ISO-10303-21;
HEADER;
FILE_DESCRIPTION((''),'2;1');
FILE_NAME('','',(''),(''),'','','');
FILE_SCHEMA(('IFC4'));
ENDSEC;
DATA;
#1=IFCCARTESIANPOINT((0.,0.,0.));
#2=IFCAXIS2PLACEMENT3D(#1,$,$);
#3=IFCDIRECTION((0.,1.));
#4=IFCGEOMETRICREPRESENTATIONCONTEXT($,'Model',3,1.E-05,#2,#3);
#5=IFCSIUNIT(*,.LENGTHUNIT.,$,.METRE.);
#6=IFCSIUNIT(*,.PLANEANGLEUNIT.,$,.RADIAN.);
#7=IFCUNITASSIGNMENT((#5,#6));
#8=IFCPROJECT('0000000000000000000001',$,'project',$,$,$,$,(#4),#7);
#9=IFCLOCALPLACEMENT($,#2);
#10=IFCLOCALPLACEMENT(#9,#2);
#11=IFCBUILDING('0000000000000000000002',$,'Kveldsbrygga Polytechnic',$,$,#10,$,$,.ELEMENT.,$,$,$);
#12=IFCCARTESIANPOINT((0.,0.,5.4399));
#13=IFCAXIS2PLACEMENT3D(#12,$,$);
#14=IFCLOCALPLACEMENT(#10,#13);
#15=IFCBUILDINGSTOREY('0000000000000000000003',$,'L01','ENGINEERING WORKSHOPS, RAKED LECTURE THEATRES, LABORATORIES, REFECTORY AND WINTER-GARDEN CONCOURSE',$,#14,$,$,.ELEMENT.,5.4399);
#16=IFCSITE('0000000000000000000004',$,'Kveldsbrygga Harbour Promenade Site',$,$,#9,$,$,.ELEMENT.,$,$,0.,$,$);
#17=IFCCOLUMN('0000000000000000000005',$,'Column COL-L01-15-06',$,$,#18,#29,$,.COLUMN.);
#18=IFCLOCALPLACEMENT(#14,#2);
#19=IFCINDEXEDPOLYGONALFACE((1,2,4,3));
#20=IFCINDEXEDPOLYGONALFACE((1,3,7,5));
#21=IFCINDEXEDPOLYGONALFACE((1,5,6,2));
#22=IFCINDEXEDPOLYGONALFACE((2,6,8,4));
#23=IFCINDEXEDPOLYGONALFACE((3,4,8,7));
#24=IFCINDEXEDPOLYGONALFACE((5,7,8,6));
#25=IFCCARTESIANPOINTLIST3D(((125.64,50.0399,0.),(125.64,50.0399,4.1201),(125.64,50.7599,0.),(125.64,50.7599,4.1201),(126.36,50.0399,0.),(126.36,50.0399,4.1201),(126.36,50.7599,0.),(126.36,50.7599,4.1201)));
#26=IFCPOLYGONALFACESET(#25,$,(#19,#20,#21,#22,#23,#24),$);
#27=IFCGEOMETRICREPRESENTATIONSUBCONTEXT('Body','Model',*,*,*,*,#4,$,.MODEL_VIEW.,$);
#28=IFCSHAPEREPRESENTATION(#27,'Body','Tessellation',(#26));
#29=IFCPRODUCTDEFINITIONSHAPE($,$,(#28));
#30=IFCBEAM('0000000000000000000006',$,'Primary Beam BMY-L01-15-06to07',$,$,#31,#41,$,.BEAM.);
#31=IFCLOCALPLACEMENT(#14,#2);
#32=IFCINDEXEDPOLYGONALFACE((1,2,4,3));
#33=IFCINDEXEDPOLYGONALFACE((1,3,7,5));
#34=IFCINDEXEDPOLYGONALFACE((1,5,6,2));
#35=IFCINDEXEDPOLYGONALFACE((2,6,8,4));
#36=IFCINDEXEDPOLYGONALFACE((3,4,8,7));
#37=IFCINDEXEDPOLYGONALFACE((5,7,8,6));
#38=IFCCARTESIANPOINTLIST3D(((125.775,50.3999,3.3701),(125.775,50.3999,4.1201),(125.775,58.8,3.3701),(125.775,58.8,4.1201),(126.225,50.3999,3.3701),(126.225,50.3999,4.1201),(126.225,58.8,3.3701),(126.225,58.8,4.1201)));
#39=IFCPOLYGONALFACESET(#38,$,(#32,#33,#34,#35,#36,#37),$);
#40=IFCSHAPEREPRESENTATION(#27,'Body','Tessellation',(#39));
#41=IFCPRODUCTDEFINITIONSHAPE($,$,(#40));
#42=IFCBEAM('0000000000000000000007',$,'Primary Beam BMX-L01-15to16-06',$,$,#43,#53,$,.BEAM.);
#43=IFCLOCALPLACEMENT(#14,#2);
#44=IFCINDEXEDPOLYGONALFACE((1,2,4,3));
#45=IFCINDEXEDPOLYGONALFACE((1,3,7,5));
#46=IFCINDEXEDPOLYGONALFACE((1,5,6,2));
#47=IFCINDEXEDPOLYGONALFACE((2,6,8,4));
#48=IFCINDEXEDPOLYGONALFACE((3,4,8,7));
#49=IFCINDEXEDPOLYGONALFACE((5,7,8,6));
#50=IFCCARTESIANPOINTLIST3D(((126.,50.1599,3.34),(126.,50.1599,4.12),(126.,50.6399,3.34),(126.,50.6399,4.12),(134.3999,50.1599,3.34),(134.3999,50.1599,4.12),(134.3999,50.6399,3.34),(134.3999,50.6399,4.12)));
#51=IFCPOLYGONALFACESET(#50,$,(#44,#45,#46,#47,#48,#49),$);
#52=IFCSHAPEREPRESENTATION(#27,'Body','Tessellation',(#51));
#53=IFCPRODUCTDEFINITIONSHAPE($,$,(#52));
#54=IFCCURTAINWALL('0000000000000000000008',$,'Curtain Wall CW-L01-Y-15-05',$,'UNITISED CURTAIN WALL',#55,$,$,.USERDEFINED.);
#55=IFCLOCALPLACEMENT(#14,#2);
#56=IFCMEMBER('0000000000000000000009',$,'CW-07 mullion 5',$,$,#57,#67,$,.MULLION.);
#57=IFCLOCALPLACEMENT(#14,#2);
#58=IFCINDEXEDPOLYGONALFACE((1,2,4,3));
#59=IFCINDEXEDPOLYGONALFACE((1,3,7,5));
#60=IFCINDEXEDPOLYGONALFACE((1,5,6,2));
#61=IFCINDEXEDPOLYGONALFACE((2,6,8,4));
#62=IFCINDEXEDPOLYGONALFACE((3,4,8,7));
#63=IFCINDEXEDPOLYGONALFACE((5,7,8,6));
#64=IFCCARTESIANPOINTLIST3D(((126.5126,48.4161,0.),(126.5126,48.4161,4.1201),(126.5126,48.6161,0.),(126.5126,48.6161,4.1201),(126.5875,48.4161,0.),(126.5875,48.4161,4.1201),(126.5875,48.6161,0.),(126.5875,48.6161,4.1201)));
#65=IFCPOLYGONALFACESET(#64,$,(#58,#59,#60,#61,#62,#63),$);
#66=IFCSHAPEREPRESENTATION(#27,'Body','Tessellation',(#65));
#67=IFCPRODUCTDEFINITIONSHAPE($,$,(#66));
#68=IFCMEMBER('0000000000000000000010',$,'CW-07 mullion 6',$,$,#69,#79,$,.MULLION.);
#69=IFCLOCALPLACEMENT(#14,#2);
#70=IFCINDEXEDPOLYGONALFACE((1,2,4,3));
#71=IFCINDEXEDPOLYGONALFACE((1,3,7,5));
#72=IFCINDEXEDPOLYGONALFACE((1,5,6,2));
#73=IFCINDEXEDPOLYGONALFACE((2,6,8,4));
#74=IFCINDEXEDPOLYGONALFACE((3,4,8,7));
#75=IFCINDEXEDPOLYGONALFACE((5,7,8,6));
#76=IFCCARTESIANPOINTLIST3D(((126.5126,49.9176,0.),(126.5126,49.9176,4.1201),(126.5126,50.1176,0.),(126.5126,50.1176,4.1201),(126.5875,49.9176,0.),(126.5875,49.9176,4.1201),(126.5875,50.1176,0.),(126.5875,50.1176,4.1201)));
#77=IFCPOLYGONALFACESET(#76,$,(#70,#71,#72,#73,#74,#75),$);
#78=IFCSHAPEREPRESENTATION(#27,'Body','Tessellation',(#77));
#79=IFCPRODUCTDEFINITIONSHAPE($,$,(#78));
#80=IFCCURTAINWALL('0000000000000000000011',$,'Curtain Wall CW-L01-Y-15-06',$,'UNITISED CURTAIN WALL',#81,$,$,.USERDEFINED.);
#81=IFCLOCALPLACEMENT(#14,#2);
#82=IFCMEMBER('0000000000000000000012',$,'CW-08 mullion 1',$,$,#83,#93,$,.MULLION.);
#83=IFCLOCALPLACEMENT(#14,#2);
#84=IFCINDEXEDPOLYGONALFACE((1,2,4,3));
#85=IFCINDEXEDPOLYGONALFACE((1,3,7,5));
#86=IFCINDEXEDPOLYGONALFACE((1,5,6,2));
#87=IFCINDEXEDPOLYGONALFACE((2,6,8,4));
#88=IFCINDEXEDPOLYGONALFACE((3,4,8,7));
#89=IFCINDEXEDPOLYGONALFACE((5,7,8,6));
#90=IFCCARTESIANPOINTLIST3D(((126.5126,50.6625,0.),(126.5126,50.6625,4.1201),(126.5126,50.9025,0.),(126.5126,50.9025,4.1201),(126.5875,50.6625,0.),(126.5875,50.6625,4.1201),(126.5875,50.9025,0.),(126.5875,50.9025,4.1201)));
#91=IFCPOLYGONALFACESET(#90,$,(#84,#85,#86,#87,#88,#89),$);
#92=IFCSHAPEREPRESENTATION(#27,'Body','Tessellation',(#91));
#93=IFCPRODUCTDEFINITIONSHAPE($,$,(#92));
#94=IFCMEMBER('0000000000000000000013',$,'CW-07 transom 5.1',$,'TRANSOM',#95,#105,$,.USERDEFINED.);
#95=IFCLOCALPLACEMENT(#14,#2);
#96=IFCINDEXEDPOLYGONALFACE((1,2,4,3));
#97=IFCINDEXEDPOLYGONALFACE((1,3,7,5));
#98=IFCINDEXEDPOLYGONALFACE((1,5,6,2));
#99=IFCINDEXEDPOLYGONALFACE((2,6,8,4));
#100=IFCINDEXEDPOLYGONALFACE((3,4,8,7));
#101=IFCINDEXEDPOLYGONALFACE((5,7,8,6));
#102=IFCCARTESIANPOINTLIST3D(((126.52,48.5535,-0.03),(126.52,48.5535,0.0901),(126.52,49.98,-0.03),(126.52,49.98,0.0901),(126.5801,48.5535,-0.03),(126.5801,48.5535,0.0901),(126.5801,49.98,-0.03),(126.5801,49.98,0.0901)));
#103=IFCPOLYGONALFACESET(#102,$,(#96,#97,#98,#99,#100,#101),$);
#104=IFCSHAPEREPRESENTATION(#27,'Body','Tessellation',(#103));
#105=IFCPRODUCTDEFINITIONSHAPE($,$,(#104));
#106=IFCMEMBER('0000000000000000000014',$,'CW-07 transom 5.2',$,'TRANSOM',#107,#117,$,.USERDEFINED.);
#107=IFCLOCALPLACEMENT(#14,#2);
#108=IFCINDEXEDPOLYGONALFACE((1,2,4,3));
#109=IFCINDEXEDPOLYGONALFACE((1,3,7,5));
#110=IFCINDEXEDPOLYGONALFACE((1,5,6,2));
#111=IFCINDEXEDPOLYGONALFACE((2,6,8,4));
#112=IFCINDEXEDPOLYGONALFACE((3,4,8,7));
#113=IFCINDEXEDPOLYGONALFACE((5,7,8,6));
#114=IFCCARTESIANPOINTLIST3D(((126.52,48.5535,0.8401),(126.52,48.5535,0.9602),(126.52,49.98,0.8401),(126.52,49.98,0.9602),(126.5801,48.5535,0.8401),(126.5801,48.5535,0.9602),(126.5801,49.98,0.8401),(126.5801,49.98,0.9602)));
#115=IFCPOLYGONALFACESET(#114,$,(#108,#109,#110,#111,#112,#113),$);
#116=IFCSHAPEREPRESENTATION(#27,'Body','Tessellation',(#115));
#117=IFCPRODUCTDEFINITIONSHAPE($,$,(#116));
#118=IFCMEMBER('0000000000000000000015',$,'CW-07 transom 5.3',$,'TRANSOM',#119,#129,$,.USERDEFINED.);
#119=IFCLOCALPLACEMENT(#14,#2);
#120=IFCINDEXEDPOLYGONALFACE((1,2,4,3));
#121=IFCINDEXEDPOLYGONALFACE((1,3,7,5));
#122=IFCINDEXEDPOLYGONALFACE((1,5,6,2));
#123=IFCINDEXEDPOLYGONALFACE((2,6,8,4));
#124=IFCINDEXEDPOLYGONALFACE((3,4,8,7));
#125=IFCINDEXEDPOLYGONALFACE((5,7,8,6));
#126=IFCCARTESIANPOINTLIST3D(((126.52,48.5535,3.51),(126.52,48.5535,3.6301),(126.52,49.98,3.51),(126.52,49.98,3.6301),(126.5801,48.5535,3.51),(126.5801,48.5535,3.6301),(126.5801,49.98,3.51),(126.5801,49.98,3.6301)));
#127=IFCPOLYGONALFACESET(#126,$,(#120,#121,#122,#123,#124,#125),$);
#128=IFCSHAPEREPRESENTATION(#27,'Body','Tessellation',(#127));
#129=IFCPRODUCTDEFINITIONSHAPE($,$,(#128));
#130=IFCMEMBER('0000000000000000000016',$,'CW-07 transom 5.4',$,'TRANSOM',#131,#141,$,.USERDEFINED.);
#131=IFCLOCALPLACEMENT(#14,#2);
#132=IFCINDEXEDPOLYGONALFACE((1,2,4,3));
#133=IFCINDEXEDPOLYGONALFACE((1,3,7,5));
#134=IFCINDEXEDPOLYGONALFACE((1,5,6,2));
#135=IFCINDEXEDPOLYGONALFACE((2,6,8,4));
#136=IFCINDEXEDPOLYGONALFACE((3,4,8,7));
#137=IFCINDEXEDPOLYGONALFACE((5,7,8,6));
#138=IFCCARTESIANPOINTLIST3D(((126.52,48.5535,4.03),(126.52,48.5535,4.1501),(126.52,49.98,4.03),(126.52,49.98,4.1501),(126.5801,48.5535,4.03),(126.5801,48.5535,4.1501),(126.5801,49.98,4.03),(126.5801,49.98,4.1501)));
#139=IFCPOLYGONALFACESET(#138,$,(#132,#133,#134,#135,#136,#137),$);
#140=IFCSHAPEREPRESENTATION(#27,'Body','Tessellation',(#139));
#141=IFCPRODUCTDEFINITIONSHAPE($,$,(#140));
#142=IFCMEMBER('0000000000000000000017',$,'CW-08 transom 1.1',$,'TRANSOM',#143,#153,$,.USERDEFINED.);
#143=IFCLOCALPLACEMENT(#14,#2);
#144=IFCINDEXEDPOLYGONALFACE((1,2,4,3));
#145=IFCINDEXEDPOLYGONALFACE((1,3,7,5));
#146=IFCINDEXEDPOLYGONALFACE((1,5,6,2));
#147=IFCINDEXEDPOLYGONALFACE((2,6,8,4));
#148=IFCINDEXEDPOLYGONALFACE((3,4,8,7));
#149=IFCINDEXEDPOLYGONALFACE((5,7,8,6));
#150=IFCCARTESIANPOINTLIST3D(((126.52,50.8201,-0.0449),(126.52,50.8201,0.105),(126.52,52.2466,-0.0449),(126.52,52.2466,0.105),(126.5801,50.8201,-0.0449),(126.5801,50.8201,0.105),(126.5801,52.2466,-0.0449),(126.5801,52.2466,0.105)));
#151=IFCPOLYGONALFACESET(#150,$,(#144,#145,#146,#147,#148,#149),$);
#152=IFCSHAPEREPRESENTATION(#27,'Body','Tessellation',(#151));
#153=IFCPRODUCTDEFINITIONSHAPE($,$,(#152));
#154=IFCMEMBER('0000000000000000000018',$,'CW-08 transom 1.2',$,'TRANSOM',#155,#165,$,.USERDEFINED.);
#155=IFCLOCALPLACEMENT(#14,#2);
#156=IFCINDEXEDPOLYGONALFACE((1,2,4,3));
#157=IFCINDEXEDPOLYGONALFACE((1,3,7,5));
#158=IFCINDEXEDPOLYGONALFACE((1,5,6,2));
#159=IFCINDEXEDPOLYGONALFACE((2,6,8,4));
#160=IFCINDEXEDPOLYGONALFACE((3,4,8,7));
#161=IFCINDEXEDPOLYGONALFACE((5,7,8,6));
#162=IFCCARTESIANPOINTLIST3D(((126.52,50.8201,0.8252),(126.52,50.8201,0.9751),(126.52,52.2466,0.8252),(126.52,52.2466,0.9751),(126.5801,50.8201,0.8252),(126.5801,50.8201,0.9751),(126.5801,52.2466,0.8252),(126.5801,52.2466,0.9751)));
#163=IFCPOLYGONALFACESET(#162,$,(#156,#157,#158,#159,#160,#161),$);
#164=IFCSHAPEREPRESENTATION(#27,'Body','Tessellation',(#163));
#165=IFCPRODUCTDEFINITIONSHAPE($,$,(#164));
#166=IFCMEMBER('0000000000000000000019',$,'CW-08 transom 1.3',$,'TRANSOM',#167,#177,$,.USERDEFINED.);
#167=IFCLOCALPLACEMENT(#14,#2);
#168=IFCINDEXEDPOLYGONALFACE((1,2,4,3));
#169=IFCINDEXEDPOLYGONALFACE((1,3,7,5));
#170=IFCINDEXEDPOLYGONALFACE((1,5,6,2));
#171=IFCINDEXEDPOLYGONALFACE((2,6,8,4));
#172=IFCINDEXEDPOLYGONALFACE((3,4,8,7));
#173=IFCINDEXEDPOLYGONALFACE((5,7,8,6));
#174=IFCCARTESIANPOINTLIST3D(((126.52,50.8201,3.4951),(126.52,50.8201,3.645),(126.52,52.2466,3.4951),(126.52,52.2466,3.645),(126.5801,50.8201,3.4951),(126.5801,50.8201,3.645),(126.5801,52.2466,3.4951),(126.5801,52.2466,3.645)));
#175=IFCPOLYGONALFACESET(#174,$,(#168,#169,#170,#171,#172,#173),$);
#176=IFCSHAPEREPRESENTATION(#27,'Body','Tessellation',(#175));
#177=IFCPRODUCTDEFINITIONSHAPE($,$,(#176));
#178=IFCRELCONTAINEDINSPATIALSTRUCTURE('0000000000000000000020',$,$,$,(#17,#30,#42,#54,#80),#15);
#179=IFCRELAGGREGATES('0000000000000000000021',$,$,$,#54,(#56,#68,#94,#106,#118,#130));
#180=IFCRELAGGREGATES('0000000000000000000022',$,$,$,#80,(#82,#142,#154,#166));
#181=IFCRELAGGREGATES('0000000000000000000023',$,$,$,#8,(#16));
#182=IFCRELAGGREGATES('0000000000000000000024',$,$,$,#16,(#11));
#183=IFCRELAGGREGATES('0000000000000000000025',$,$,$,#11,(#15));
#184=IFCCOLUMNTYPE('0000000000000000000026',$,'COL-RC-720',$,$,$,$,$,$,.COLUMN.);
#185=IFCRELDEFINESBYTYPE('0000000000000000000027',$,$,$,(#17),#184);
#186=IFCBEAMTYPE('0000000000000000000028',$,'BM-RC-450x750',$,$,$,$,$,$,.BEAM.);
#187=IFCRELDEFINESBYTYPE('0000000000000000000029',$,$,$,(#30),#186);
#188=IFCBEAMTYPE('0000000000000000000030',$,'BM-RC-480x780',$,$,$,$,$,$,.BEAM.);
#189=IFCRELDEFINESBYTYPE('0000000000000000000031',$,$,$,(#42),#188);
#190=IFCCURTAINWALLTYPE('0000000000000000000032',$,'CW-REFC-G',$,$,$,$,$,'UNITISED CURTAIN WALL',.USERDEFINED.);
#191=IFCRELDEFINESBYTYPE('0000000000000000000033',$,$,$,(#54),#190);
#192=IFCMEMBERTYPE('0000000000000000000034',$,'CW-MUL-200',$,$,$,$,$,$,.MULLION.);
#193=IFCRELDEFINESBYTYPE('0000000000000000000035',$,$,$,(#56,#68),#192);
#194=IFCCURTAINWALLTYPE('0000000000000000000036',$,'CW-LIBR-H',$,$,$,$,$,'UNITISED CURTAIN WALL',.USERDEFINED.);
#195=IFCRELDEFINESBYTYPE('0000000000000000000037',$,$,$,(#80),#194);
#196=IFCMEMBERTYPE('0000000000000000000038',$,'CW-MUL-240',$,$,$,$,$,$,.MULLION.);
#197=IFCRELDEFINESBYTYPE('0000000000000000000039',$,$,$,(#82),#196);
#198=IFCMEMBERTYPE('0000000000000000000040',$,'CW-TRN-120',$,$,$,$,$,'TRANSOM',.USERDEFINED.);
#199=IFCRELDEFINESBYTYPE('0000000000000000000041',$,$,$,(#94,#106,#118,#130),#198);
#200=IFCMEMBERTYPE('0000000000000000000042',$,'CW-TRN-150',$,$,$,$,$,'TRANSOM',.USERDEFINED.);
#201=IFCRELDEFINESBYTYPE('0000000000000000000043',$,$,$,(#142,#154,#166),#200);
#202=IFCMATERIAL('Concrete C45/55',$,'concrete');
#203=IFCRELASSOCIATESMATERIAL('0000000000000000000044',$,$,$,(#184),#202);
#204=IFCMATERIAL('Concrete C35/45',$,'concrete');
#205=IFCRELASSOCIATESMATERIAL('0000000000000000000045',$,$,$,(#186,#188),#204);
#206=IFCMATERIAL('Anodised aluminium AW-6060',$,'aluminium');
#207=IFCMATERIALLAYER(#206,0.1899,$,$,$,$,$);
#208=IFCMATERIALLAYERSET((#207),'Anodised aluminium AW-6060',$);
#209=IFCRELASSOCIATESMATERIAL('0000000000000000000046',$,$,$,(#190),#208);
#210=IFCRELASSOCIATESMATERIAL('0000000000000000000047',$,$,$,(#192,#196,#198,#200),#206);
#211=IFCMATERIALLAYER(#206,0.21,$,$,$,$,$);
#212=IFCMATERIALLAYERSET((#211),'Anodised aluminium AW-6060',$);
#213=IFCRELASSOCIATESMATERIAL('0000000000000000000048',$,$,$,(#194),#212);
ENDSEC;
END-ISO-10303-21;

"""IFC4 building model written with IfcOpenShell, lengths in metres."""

from ifc_helpers import new_model, si_unit, direction, frame, origin, origin_2d, place, context, subcontext, project, spatial, rectangle, extrude, material, layer, layer_set, material_profile, profile_set, type_object, element, aggregate, save


model = new_model("IFC4")

# Units and contexts
model_context = context("Model", 3, precision=1e-05, world=origin(), true_north=direction((0.0, 1.0)))
body_context = subcontext(model_context, "Body", "Model", "MODEL_VIEW")
ifc_project = project(units=[si_unit("LENGTHUNIT", "METRE"), si_unit("PLANEANGLEUNIT", "RADIAN")], contexts=[model_context])

# Site, building, storey
site_placement = place(None, origin())
site = spatial("IfcSite", under=ifc_project, at=site_placement, Name="Kveldsbrygga Harbour Promenade Site", CompositionType="ELEMENT", RefElevation=0.0)
building_placement = place(site_placement, origin())
building = spatial("IfcBuilding", under=site, at=building_placement, Name="Kveldsbrygga Polytechnic", CompositionType="ELEMENT")
storey_placement = place(building_placement, frame((0.0, 0.0, 5.4399)))
storey = spatial("IfcBuildingStorey", under=building, at=storey_placement, Name="L01", Description="ENGINEERING WORKSHOPS, RAKED LECTURE THEATRES, LABORATORIES, REFECTORY AND WINTER-GARDEN CONCOURSE", CompositionType="ELEMENT", Elevation=5.4399)

# Column
ifc_material_1 = material(Name="Concrete C45/55", Category="concrete")
ifc_material_profile_1 = material_profile(ifc_material_1, rectangle(XDim=0.72, YDim=0.72, at=origin_2d()), Name="RC 720x720")
ifc_profile_set_1 = profile_set([ifc_material_profile_1], Name="Concrete C45/55")
column_type = type_object("IfcColumnType", Name="COL-RC-720", PredefinedType="COLUMN", material=ifc_profile_set_1)
column_placement = place(storey_placement, frame((126.0, 50.3999, 0.0), z_axis=(0.0, 0.0, 1.0), x_axis=(1.0, 0.0, 0.0)))
element("IfcColumn", 1, at=column_placement, inside=storey, type_object=column_type, Name="Column COL-L01-15-06", PredefinedType="COLUMN", context=body_context, shape_type="SweptSolid", body=[
    extrude(rectangle(XDim=0.72, YDim=0.72, at=origin_2d()), origin(), (0.0, 0.0, 1.0), 4.1201),
])

# Beams
ifc_material_2 = material(Name="Concrete C35/45", Category="concrete")
ifc_material_profile_2 = material_profile(ifc_material_2, rectangle(XDim=0.45, YDim=0.75, at=origin_2d()), Name="RC 450x750")
ifc_profile_set_2 = profile_set([ifc_material_profile_2], Name="Concrete C35/45")
beam_type_1 = type_object("IfcBeamType", Name="BM-RC-450x750", PredefinedType="BEAM", material=ifc_profile_set_2)
beam_1_placement = place(storey_placement, frame((126.0, 50.3999, 3.7451), z_axis=(0.0, 1.0, 0.0), x_axis=(-1.0, 0.0, 0.0)))
element("IfcBeam", 2, at=beam_1_placement, inside=storey, type_object=beam_type_1, Name="Primary Beam BMY-L01-15-06to07", PredefinedType="BEAM", context=body_context, shape_type="SweptSolid", body=[
    extrude(rectangle(XDim=0.45, YDim=0.75, at=origin_2d()), origin(), (0.0, 0.0, 1.0), 8.4001),
])
ifc_material_profile_3 = material_profile(ifc_material_2, rectangle(XDim=0.48, YDim=0.78, at=origin_2d()), Name="RC 480x780")
ifc_profile_set_3 = profile_set([ifc_material_profile_3], Name="Concrete C35/45")
beam_type_2 = type_object("IfcBeamType", Name="BM-RC-480x780", PredefinedType="BEAM", material=ifc_profile_set_3)
beam_2_placement = place(storey_placement, frame((126.0, 50.3999, 3.73), z_axis=(1.0, 0.0, 0.0), x_axis=(0.0, 1.0, 0.0)))
element("IfcBeam", 3, at=beam_2_placement, inside=storey, type_object=beam_type_2, Name="Primary Beam BMX-L01-15to16-06", PredefinedType="BEAM", context=body_context, shape_type="SweptSolid", body=[
    extrude(rectangle(XDim=0.48, YDim=0.78, at=origin_2d()), origin(), (0.0, 0.0, 1.0), 8.3999),
])

# Curtain wall, members
ifc_material_3 = material(Name="Anodised aluminium AW-6060", Category="aluminium")
ifc_layer_1 = layer(ifc_material_3, 0.1899)
ifc_layer_set_1 = layer_set([ifc_layer_1], Name="Anodised aluminium AW-6060")
curtain_wall_type_1 = type_object("IfcCurtainWallType", Name="CW-REFC-G", ElementType="UNITISED CURTAIN WALL", PredefinedType="USERDEFINED", material=ifc_layer_set_1)
curtain_wall_1_placement = place(storey_placement, origin())
curtain_wall_1 = element("IfcCurtainWall", 4, at=curtain_wall_1_placement, inside=storey, type_object=curtain_wall_type_1, Name="Curtain Wall CW-L01-Y-15-05", ObjectType="UNITISED CURTAIN WALL", PredefinedType="USERDEFINED")
ifc_material_profile_4 = material_profile(ifc_material_3, rectangle(XDim=0.075, YDim=0.2, at=origin_2d()), Name="ALU 75x200")
ifc_profile_set_4 = profile_set([ifc_material_profile_4], Name="Anodised aluminium AW-6060")
member_type_1 = type_object("IfcMemberType", Name="CW-MUL-200", PredefinedType="MULLION", material=ifc_profile_set_4)
member_1_placement = place(storey_placement, frame((126.55, 48.5161, 0.0), z_axis=(0.0, 0.0, 1.0), x_axis=(-1.0, 0.0, 0.0)))
member_1 = element("IfcMember", 5, at=member_1_placement, type_object=member_type_1, Name="CW-07 mullion 5", PredefinedType="MULLION", context=body_context, shape_type="SweptSolid", body=[
    extrude(rectangle(XDim=0.075, YDim=0.2, at=origin_2d()), origin(), (0.0, 0.0, 1.0), 4.1201),
])
member_2_placement = place(storey_placement, frame((126.55, 50.0176, 0.0), z_axis=(0.0, 0.0, 1.0), x_axis=(-1.0, 0.0, 0.0)))
member_2 = element("IfcMember", 6, at=member_2_placement, type_object=member_type_1, Name="CW-07 mullion 6", PredefinedType="MULLION", context=body_context, shape_type="SweptSolid", body=[
    extrude(rectangle(XDim=0.075, YDim=0.2, at=origin_2d()), origin(), (0.0, 0.0, 1.0), 4.1201),
])

# Curtain wall, member
ifc_layer_2 = layer(ifc_material_3, 0.21)
ifc_layer_set_2 = layer_set([ifc_layer_2], Name="Anodised aluminium AW-6060")
curtain_wall_type_2 = type_object("IfcCurtainWallType", Name="CW-LIBR-H", ElementType="UNITISED CURTAIN WALL", PredefinedType="USERDEFINED", material=ifc_layer_set_2)
curtain_wall_2_placement = place(storey_placement, origin())
curtain_wall_2 = element("IfcCurtainWall", 7, at=curtain_wall_2_placement, inside=storey, type_object=curtain_wall_type_2, Name="Curtain Wall CW-L01-Y-15-06", ObjectType="UNITISED CURTAIN WALL", PredefinedType="USERDEFINED")
ifc_material_profile_5 = material_profile(ifc_material_3, rectangle(XDim=0.075, YDim=0.24, at=origin_2d()), Name="ALU 75x240")
ifc_profile_set_5 = profile_set([ifc_material_profile_5], Name="Anodised aluminium AW-6060")
member_type_2 = type_object("IfcMemberType", Name="CW-MUL-240", PredefinedType="MULLION", material=ifc_profile_set_5)
member_3_placement = place(storey_placement, frame((126.55, 50.7825, 0.0), z_axis=(0.0, 0.0, 1.0), x_axis=(-1.0, 0.0, 0.0)))
member_3 = element("IfcMember", 8, at=member_3_placement, type_object=member_type_2, Name="CW-08 mullion 1", PredefinedType="MULLION", context=body_context, shape_type="SweptSolid", body=[
    extrude(rectangle(XDim=0.075, YDim=0.24, at=origin_2d()), origin(), (0.0, 0.0, 1.0), 4.1201),
])

# Members
ifc_material_profile_6 = material_profile(ifc_material_3, rectangle(XDim=0.0601, YDim=0.1201, at=origin_2d()), Name="ALU 60x120")
ifc_profile_set_6 = profile_set([ifc_material_profile_6], Name="Anodised aluminium AW-6060")
member_type_3 = type_object("IfcMemberType", Name="CW-TRN-120", ElementType="TRANSOM", PredefinedType="USERDEFINED", material=ifc_profile_set_6)
member_4_placement = place(storey_placement, frame((126.55, 48.5535, 0.03), z_axis=(0.0, 1.0, 0.0), x_axis=(-1.0, 0.0, 0.0)))
member_4 = element("IfcMember", 9, at=member_4_placement, type_object=member_type_3, Name="CW-07 transom 5.1", ObjectType="TRANSOM", PredefinedType="USERDEFINED", context=body_context, shape_type="SweptSolid", body=[
    extrude(rectangle(XDim=0.0601, YDim=0.1201, at=origin_2d()), origin(), (0.0, 0.0, 1.0), 1.4265),
])
member_5_placement = place(storey_placement, frame((126.55, 48.5535, 0.9001), z_axis=(0.0, 1.0, 0.0), x_axis=(-1.0, 0.0, 0.0)))
member_5 = element("IfcMember", 10, at=member_5_placement, type_object=member_type_3, Name="CW-07 transom 5.2", ObjectType="TRANSOM", PredefinedType="USERDEFINED", context=body_context, shape_type="SweptSolid", body=[
    extrude(rectangle(XDim=0.0601, YDim=0.1201, at=origin_2d()), origin(), (0.0, 0.0, 1.0), 1.4265),
])
member_6_placement = place(storey_placement, frame((126.55, 48.5535, 3.5701), z_axis=(0.0, 1.0, 0.0), x_axis=(-1.0, 0.0, 0.0)))
member_6 = element("IfcMember", 11, at=member_6_placement, type_object=member_type_3, Name="CW-07 transom 5.3", ObjectType="TRANSOM", PredefinedType="USERDEFINED", context=body_context, shape_type="SweptSolid", body=[
    extrude(rectangle(XDim=0.0601, YDim=0.1201, at=origin_2d()), origin(), (0.0, 0.0, 1.0), 1.4265),
])
member_7_placement = place(storey_placement, frame((126.55, 48.5535, 4.0901), z_axis=(0.0, 1.0, 0.0), x_axis=(-1.0, 0.0, 0.0)))
member_7 = element("IfcMember", 12, at=member_7_placement, type_object=member_type_3, Name="CW-07 transom 5.4", ObjectType="TRANSOM", PredefinedType="USERDEFINED", context=body_context, shape_type="SweptSolid", body=[
    extrude(rectangle(XDim=0.0601, YDim=0.1201, at=origin_2d()), origin(), (0.0, 0.0, 1.0), 1.4265),
])
ifc_material_profile_7 = material_profile(ifc_material_3, rectangle(XDim=0.0601, YDim=0.1499, at=origin_2d()), Name="ALU 60x150")
ifc_profile_set_7 = profile_set([ifc_material_profile_7], Name="Anodised aluminium AW-6060")
member_type_4 = type_object("IfcMemberType", Name="CW-TRN-150", ElementType="TRANSOM", PredefinedType="USERDEFINED", material=ifc_profile_set_7)
member_8_placement = place(storey_placement, frame((126.55, 50.8201, 0.03), z_axis=(0.0, 1.0, 0.0), x_axis=(-1.0, 0.0, 0.0)))
member_8 = element("IfcMember", 13, at=member_8_placement, type_object=member_type_4, Name="CW-08 transom 1.1", ObjectType="TRANSOM", PredefinedType="USERDEFINED", context=body_context, shape_type="SweptSolid", body=[
    extrude(rectangle(XDim=0.0601, YDim=0.1499, at=origin_2d()), origin(), (0.0, 0.0, 1.0), 1.4265),
])
member_9_placement = place(storey_placement, frame((126.55, 50.8201, 0.9001), z_axis=(0.0, 1.0, 0.0), x_axis=(-1.0, 0.0, 0.0)))
member_9 = element("IfcMember", 14, at=member_9_placement, type_object=member_type_4, Name="CW-08 transom 1.2", ObjectType="TRANSOM", PredefinedType="USERDEFINED", context=body_context, shape_type="SweptSolid", body=[
    extrude(rectangle(XDim=0.0601, YDim=0.1499, at=origin_2d()), origin(), (0.0, 0.0, 1.0), 1.4265),
])
member_10_placement = place(storey_placement, frame((126.55, 50.8201, 3.5701), z_axis=(0.0, 1.0, 0.0), x_axis=(-1.0, 0.0, 0.0)))
member_10 = element("IfcMember", 15, at=member_10_placement, type_object=member_type_4, Name="CW-08 transom 1.3", ObjectType="TRANSOM", PredefinedType="USERDEFINED", context=body_context, shape_type="SweptSolid", body=[
    extrude(rectangle(XDim=0.0601, YDim=0.1499, at=origin_2d()), origin(), (0.0, 0.0, 1.0), 1.4265),
])

aggregate(curtain_wall_1, [member_1, member_2, member_4, member_5, member_6, member_7])
aggregate(curtain_wall_2, [member_3, member_8, member_9, member_10])

save(model, "model.ifc")
